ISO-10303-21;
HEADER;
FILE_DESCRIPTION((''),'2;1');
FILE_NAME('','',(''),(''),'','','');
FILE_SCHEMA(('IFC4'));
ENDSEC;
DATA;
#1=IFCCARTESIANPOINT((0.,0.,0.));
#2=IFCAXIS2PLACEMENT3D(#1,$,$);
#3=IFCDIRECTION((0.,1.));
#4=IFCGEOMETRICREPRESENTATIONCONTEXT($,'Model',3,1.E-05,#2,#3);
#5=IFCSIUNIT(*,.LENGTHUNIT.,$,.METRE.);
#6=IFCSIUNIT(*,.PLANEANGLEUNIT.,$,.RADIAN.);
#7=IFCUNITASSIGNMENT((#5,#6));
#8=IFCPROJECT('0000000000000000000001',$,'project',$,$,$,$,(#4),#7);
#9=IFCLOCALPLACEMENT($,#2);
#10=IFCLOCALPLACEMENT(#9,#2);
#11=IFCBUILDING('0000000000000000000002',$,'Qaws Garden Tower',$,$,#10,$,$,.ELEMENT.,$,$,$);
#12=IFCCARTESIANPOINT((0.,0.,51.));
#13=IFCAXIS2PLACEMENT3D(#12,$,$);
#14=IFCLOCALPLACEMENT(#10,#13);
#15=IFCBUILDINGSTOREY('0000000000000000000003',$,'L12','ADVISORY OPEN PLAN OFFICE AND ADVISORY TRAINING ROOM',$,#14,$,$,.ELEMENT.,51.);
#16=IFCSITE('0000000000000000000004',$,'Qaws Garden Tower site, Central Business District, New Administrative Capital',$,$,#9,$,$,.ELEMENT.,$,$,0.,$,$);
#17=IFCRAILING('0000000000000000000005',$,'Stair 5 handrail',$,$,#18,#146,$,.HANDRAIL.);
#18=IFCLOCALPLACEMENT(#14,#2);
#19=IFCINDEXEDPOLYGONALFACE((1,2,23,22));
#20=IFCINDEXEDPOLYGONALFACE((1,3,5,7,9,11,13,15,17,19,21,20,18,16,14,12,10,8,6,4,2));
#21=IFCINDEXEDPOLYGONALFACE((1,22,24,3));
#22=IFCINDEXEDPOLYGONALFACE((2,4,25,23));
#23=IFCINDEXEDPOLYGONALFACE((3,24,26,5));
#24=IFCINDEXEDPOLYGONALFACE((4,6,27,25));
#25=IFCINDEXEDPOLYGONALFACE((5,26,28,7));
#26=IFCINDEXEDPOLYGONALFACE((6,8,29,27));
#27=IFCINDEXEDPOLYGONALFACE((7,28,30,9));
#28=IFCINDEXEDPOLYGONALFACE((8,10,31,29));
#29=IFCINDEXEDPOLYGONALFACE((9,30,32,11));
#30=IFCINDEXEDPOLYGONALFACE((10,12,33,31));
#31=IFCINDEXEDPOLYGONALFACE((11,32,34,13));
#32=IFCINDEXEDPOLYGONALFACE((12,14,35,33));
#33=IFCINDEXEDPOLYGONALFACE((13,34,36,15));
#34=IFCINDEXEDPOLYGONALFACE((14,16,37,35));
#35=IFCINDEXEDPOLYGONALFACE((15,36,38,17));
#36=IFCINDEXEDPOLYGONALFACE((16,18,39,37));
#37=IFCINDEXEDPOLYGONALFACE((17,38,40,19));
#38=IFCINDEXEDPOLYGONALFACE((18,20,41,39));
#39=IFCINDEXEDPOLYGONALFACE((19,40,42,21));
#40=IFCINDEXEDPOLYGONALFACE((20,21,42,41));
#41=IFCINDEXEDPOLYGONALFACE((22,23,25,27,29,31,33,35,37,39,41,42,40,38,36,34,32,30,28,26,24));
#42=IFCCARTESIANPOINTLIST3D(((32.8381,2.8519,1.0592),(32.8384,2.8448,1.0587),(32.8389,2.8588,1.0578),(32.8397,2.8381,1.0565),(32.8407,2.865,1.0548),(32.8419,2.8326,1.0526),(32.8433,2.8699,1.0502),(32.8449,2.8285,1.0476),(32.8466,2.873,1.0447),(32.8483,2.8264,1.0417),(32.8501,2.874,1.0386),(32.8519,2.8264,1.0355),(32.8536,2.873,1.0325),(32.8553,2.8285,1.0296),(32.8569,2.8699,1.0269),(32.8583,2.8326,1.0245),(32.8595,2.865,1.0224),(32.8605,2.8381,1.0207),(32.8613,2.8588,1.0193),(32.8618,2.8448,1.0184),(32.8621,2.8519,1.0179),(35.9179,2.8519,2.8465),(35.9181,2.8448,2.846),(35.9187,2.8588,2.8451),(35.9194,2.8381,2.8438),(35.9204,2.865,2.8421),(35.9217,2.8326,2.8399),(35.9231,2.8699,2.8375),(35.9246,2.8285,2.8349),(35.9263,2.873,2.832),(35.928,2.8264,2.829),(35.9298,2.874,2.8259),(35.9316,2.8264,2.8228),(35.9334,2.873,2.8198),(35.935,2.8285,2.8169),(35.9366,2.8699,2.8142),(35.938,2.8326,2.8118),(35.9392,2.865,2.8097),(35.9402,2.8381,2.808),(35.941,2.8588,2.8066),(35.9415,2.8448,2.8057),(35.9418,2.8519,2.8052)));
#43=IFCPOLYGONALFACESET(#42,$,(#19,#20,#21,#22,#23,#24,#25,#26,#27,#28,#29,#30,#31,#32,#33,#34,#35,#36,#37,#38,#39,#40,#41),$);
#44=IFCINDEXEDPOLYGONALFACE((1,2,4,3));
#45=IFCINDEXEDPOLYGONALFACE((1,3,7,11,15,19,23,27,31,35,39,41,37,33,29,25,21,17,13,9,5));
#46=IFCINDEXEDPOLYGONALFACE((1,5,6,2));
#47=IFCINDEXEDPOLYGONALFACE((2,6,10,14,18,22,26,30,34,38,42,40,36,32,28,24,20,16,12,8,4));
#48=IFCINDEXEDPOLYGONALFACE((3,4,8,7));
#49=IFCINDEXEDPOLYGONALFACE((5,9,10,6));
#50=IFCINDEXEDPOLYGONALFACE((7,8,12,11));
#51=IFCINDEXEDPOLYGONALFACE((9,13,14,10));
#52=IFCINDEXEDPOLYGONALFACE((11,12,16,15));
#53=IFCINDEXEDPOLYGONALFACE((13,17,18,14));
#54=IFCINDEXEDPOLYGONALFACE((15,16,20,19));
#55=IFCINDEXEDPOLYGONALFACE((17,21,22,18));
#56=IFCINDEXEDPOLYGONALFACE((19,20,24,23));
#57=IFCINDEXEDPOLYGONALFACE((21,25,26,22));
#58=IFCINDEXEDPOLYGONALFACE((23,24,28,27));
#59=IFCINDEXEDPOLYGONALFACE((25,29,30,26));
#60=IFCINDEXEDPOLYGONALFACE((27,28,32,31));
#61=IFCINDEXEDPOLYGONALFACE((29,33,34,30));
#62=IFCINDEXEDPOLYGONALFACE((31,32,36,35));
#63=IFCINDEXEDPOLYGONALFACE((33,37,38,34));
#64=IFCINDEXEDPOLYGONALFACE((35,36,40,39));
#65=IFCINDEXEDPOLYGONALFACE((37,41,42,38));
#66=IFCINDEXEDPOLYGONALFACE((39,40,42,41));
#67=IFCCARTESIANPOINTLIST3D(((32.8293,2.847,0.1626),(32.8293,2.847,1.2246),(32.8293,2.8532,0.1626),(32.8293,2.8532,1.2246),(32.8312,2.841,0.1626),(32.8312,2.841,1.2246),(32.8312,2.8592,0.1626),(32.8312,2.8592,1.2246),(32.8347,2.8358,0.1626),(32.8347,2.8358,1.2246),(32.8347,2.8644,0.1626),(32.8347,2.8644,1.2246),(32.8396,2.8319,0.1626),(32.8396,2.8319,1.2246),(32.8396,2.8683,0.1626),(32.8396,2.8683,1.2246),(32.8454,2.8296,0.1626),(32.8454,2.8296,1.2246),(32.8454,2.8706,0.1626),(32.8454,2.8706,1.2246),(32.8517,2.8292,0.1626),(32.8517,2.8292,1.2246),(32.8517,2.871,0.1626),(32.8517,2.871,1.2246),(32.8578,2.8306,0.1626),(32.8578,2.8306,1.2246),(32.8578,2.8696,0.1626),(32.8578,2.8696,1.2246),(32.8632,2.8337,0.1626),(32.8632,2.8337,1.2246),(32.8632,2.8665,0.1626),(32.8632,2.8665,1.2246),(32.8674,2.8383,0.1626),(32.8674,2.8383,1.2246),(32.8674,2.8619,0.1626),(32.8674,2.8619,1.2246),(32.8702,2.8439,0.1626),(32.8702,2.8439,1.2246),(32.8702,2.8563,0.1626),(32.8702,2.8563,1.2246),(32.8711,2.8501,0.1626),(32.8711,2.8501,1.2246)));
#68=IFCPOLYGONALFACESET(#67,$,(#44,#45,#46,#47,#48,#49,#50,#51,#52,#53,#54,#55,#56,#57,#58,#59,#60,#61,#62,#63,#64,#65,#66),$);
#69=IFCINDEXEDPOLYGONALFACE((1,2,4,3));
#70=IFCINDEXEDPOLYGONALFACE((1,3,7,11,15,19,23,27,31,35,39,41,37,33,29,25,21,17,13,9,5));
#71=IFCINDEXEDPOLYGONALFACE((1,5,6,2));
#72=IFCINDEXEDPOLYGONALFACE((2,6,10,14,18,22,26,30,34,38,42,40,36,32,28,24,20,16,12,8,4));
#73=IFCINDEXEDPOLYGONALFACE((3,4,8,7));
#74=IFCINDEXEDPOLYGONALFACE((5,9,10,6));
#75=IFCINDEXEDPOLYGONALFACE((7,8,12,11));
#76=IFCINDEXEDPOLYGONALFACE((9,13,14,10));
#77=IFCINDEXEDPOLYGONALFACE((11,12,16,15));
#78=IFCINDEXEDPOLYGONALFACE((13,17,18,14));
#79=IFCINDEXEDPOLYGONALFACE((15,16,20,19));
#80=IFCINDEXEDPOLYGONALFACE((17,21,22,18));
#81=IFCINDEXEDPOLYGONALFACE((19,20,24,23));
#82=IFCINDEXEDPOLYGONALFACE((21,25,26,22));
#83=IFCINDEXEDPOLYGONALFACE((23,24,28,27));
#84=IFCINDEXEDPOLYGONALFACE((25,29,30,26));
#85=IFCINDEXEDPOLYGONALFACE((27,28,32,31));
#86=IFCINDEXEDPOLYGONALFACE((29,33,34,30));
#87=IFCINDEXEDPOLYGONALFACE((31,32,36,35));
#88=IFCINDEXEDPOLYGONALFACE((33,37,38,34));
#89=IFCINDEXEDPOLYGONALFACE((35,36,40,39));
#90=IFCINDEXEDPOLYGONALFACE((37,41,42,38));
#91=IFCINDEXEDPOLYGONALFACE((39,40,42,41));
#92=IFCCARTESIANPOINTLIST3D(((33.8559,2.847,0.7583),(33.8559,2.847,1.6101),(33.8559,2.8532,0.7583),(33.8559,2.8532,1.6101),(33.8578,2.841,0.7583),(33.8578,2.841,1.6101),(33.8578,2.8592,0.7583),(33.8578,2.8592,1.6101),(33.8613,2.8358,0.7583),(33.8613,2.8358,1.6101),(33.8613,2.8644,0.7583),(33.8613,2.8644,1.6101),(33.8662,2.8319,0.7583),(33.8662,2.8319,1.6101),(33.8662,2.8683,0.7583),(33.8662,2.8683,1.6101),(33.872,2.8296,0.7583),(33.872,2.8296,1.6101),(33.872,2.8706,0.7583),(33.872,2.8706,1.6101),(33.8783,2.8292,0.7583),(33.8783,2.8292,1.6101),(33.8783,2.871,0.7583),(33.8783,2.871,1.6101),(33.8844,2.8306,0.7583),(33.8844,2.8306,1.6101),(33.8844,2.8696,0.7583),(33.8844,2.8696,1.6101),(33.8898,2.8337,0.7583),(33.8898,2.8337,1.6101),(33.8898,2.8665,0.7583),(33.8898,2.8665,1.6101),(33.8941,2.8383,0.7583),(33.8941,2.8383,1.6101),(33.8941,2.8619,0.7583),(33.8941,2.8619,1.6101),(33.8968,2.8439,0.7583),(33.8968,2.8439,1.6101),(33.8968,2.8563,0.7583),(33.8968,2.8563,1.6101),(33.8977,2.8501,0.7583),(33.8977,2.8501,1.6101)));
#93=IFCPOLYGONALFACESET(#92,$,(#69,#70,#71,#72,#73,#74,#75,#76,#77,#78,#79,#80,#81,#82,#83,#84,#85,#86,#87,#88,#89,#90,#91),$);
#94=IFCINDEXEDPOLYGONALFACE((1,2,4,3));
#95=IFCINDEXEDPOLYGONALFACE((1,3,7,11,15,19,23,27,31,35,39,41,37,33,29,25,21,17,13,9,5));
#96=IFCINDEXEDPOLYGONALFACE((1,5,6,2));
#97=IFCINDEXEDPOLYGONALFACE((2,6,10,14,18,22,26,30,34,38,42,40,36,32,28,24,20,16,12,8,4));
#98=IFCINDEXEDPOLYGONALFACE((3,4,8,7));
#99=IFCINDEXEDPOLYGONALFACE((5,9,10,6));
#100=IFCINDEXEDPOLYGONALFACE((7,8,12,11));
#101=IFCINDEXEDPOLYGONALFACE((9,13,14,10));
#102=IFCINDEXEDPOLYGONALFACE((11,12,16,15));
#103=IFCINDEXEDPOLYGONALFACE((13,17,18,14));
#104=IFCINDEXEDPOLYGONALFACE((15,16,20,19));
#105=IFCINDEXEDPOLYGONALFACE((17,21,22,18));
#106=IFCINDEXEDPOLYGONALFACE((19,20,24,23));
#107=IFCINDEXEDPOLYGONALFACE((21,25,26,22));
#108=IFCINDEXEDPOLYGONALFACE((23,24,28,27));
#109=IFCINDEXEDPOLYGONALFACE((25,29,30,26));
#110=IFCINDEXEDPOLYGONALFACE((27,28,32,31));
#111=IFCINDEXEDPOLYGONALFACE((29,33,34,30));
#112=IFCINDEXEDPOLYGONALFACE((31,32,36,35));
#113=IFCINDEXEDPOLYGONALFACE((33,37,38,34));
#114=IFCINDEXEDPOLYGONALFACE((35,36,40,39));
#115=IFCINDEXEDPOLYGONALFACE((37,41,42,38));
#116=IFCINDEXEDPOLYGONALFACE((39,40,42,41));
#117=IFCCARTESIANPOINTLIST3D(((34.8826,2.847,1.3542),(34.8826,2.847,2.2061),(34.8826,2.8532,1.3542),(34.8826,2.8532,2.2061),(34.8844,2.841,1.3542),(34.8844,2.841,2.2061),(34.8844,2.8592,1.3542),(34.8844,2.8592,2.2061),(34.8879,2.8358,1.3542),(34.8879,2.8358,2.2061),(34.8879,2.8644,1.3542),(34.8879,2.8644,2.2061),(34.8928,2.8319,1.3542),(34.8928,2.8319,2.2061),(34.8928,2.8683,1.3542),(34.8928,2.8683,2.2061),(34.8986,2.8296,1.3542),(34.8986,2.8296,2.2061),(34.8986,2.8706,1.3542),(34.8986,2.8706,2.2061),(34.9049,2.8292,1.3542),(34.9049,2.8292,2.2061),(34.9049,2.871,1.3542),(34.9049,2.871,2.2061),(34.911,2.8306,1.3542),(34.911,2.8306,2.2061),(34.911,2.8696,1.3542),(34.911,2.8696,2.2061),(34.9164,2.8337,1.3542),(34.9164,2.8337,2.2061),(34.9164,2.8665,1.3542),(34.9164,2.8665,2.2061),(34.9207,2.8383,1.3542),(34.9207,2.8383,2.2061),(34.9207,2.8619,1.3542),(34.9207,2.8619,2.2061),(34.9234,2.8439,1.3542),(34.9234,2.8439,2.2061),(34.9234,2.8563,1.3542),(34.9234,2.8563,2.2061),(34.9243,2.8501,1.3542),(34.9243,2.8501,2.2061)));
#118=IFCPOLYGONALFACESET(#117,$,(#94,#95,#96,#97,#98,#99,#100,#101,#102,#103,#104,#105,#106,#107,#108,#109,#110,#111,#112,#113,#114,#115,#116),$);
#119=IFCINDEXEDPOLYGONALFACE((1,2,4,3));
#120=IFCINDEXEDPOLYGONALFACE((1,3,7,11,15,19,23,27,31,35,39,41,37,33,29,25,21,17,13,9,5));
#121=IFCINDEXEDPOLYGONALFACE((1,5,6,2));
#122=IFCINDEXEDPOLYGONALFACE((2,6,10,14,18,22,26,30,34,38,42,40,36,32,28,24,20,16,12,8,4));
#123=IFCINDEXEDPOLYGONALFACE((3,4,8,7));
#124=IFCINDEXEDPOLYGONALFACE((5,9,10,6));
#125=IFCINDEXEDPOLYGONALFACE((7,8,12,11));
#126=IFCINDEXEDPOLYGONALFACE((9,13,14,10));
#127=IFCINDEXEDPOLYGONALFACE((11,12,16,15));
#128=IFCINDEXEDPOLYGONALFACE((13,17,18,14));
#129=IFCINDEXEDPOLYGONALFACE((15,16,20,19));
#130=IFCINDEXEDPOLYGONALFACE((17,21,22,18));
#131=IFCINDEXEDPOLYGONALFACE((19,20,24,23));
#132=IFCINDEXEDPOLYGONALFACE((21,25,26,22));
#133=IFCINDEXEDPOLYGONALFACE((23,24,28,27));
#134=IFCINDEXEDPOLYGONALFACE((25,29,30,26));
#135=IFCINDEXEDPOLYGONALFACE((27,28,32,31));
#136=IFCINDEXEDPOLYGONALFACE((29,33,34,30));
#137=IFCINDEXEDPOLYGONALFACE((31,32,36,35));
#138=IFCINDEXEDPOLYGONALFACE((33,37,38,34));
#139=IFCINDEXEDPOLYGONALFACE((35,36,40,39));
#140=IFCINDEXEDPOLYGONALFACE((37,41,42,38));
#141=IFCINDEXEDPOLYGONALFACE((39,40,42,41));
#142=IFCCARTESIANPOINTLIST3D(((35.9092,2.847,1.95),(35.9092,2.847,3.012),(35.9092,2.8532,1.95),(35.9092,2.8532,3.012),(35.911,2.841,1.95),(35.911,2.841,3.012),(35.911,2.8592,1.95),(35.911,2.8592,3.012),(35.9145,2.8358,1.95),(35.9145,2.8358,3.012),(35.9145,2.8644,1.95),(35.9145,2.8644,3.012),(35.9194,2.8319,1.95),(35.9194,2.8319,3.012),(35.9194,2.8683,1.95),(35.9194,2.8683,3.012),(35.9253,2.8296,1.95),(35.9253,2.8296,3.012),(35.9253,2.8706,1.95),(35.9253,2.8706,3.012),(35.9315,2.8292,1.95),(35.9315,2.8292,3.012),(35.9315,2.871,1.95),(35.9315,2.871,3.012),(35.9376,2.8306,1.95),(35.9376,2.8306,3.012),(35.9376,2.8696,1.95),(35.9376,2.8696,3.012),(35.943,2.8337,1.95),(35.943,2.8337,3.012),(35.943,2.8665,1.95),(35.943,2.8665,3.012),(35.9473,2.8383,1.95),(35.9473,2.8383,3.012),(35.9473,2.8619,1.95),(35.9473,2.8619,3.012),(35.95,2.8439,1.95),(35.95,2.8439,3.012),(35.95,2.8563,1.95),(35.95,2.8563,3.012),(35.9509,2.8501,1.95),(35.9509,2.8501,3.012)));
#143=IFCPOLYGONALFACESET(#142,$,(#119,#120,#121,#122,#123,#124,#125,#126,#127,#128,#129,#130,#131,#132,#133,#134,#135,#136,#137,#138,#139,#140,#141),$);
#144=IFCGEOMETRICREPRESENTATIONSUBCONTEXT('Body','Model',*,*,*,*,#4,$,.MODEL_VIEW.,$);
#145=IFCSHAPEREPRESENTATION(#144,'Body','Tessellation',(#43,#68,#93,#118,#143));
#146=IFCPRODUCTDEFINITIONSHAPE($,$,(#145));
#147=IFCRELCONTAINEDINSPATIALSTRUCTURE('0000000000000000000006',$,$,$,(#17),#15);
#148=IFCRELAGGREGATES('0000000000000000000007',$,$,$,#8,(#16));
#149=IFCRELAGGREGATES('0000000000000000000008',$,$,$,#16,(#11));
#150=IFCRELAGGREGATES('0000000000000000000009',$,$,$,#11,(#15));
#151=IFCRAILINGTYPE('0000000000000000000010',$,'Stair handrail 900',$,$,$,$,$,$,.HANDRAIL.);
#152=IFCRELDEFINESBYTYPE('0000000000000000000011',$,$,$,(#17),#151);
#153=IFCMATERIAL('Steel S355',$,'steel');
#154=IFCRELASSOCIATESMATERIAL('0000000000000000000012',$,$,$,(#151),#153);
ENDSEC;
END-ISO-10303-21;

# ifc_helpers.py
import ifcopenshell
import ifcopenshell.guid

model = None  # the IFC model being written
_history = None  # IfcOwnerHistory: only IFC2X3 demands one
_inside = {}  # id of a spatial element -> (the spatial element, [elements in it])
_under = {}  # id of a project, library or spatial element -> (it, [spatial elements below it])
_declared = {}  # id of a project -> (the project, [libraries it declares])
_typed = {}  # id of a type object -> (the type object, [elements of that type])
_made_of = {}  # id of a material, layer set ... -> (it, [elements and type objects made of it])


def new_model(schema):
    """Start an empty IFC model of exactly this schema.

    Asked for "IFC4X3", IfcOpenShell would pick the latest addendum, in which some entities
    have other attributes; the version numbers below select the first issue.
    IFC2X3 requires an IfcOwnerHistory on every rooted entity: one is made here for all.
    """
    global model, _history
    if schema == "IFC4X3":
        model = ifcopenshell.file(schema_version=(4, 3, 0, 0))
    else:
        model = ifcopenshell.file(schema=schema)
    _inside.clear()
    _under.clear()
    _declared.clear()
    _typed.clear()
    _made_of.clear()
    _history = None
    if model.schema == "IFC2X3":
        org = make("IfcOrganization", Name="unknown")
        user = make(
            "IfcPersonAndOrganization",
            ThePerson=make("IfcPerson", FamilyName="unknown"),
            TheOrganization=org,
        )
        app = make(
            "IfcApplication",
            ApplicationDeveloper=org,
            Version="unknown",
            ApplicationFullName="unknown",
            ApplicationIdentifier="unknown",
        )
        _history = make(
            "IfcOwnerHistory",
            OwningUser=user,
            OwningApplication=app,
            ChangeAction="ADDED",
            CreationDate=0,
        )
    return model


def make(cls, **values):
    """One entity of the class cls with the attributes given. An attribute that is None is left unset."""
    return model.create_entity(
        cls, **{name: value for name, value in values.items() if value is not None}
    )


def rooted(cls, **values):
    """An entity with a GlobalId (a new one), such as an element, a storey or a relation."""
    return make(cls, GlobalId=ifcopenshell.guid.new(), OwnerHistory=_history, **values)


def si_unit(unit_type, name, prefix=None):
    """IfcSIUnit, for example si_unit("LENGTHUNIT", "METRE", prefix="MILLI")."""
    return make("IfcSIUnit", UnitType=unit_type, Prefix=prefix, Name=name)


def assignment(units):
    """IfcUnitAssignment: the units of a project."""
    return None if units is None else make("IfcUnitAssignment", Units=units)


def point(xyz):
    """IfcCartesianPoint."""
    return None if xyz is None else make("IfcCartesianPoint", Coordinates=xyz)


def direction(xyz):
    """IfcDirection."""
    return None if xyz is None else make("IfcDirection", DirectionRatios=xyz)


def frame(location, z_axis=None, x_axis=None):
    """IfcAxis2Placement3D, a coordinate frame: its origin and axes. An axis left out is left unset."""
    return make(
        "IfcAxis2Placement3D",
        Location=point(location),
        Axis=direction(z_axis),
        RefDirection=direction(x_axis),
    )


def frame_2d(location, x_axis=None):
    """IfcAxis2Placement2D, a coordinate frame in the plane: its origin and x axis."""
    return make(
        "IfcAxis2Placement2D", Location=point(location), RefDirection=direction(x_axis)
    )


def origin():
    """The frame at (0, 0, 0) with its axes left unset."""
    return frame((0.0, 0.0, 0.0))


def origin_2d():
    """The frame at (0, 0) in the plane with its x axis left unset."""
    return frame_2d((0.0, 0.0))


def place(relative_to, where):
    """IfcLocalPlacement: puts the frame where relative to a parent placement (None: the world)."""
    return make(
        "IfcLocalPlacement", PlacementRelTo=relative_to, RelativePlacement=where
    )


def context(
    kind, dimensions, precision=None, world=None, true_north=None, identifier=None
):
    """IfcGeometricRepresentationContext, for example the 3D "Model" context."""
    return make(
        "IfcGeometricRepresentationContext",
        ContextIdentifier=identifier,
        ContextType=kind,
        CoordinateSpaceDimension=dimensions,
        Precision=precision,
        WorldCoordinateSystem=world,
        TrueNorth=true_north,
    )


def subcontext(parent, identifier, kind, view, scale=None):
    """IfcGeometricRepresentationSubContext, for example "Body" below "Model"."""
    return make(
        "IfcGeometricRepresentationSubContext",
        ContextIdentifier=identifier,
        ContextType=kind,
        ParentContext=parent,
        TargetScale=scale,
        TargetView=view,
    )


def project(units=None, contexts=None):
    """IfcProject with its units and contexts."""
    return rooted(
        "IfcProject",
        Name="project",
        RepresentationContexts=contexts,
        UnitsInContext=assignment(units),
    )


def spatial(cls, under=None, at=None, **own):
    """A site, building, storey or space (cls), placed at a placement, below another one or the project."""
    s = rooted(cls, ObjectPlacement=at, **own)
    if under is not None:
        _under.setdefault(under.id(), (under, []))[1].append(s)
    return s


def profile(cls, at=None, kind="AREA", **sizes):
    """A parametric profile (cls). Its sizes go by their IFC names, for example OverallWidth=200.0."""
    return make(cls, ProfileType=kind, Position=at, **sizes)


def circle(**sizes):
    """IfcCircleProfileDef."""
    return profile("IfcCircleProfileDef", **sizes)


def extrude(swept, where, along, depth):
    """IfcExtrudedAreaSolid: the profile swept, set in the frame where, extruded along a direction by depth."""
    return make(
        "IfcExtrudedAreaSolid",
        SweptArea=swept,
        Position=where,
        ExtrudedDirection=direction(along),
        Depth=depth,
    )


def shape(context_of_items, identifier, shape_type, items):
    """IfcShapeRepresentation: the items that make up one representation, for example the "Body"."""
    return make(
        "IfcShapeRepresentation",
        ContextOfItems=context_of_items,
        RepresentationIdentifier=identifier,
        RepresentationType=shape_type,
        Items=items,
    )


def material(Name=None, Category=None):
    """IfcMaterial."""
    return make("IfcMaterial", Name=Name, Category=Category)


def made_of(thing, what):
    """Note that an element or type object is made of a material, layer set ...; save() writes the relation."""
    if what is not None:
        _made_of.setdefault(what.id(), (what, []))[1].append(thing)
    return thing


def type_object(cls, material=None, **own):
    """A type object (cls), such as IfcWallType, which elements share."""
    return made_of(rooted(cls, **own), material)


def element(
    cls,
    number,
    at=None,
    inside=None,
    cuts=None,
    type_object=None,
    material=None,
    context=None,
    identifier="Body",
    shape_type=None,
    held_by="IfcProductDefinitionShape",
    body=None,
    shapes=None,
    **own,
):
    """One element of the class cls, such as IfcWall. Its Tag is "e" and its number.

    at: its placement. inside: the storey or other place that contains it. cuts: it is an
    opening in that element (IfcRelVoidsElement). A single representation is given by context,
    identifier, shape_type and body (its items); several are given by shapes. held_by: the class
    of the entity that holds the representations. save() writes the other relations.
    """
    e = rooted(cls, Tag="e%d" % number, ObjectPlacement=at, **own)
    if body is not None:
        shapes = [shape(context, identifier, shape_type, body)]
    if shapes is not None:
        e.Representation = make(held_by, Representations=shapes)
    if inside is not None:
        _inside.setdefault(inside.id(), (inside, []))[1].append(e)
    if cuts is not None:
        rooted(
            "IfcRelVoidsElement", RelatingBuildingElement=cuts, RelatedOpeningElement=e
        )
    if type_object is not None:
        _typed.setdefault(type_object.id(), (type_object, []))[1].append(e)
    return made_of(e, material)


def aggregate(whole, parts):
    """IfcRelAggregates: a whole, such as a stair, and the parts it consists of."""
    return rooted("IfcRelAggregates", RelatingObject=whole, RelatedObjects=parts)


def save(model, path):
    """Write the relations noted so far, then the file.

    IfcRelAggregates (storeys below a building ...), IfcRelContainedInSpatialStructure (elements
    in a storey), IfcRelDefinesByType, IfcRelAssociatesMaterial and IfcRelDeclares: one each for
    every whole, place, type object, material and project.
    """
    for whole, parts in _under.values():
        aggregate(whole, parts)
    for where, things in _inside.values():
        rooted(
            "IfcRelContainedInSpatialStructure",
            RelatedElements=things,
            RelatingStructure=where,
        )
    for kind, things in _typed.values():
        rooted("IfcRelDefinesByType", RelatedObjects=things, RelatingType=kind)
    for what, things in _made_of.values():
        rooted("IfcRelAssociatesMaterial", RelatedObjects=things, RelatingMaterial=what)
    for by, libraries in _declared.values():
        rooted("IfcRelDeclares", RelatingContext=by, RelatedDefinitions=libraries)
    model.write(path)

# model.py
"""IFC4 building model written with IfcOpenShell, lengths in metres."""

from ifc_helpers import new_model, si_unit, direction, frame, origin, origin_2d, place, context, subcontext, project, spatial, circle, extrude, material, type_object, element, save


model = new_model("IFC4")

# Units and contexts
model_context = context("Model", 3, precision=1e-05, world=origin(), true_north=direction((0.0, 1.0)))
body_context = subcontext(model_context, "Body", "Model", "MODEL_VIEW")
ifc_project = project(units=[si_unit("LENGTHUNIT", "METRE"), si_unit("PLANEANGLEUNIT", "RADIAN")], contexts=[model_context])

# Site, building, storey
site_placement = place(None, origin())
site = spatial("IfcSite", under=ifc_project, at=site_placement, Name="Qaws Garden Tower site, Central Business District, New Administrative Capital", CompositionType="ELEMENT", RefElevation=0.0)
building_placement = place(site_placement, origin())
building = spatial("IfcBuilding", under=site, at=building_placement, Name="Qaws Garden Tower", CompositionType="ELEMENT")
storey_placement = place(building_placement, frame((0.0, 0.0, 51.0)))
storey = spatial("IfcBuildingStorey", under=building, at=storey_placement, Name="L12", Description="ADVISORY OPEN PLAN OFFICE AND ADVISORY TRAINING ROOM", CompositionType="ELEMENT", Elevation=51.0)

# Railing
ifc_material_1 = material(Name="Steel S355", Category="steel")
railing_type = type_object("IfcRailingType", Name="Stair handrail 900", PredefinedType="HANDRAIL", material=ifc_material_1)
railing_1_placement = place(storey_placement, frame((32.8501, 2.8501, 0.1626)))
element("IfcRailing", 1, at=railing_1_placement, inside=storey, type_object=railing_type, Name="Stair 5 handrail", PredefinedType="HANDRAIL", context=body_context, shape_type="SweptSolid", body=[
    extrude(circle(Radius=0.0239, at=origin_2d()), frame((0.0, 0.0, 0.876), z_axis=(0.864903, 0.0, 0.501939), x_axis=(0.0, 1.0, 0.0)), (0.0, 0.0, 1.0), 3.5608),
    extrude(circle(Radius=0.021, at=origin_2d()), origin(), (0.0, 0.0, 1.0), 1.062),
    extrude(circle(Radius=0.021, at=origin_2d()), frame((1.0266, 0.0, 0.5957)), (0.0, 0.0, 1.0), 0.8518),
    extrude(circle(Radius=0.021, at=origin_2d()), frame((2.0532, 0.0, 1.1917)), (0.0, 0.0, 1.0), 0.8518),
    extrude(circle(Radius=0.021, at=origin_2d()), frame((3.0798, 0.0, 1.7874)), (0.0, 0.0, 1.0), 1.062),
])

save(model, "model.ifc")
